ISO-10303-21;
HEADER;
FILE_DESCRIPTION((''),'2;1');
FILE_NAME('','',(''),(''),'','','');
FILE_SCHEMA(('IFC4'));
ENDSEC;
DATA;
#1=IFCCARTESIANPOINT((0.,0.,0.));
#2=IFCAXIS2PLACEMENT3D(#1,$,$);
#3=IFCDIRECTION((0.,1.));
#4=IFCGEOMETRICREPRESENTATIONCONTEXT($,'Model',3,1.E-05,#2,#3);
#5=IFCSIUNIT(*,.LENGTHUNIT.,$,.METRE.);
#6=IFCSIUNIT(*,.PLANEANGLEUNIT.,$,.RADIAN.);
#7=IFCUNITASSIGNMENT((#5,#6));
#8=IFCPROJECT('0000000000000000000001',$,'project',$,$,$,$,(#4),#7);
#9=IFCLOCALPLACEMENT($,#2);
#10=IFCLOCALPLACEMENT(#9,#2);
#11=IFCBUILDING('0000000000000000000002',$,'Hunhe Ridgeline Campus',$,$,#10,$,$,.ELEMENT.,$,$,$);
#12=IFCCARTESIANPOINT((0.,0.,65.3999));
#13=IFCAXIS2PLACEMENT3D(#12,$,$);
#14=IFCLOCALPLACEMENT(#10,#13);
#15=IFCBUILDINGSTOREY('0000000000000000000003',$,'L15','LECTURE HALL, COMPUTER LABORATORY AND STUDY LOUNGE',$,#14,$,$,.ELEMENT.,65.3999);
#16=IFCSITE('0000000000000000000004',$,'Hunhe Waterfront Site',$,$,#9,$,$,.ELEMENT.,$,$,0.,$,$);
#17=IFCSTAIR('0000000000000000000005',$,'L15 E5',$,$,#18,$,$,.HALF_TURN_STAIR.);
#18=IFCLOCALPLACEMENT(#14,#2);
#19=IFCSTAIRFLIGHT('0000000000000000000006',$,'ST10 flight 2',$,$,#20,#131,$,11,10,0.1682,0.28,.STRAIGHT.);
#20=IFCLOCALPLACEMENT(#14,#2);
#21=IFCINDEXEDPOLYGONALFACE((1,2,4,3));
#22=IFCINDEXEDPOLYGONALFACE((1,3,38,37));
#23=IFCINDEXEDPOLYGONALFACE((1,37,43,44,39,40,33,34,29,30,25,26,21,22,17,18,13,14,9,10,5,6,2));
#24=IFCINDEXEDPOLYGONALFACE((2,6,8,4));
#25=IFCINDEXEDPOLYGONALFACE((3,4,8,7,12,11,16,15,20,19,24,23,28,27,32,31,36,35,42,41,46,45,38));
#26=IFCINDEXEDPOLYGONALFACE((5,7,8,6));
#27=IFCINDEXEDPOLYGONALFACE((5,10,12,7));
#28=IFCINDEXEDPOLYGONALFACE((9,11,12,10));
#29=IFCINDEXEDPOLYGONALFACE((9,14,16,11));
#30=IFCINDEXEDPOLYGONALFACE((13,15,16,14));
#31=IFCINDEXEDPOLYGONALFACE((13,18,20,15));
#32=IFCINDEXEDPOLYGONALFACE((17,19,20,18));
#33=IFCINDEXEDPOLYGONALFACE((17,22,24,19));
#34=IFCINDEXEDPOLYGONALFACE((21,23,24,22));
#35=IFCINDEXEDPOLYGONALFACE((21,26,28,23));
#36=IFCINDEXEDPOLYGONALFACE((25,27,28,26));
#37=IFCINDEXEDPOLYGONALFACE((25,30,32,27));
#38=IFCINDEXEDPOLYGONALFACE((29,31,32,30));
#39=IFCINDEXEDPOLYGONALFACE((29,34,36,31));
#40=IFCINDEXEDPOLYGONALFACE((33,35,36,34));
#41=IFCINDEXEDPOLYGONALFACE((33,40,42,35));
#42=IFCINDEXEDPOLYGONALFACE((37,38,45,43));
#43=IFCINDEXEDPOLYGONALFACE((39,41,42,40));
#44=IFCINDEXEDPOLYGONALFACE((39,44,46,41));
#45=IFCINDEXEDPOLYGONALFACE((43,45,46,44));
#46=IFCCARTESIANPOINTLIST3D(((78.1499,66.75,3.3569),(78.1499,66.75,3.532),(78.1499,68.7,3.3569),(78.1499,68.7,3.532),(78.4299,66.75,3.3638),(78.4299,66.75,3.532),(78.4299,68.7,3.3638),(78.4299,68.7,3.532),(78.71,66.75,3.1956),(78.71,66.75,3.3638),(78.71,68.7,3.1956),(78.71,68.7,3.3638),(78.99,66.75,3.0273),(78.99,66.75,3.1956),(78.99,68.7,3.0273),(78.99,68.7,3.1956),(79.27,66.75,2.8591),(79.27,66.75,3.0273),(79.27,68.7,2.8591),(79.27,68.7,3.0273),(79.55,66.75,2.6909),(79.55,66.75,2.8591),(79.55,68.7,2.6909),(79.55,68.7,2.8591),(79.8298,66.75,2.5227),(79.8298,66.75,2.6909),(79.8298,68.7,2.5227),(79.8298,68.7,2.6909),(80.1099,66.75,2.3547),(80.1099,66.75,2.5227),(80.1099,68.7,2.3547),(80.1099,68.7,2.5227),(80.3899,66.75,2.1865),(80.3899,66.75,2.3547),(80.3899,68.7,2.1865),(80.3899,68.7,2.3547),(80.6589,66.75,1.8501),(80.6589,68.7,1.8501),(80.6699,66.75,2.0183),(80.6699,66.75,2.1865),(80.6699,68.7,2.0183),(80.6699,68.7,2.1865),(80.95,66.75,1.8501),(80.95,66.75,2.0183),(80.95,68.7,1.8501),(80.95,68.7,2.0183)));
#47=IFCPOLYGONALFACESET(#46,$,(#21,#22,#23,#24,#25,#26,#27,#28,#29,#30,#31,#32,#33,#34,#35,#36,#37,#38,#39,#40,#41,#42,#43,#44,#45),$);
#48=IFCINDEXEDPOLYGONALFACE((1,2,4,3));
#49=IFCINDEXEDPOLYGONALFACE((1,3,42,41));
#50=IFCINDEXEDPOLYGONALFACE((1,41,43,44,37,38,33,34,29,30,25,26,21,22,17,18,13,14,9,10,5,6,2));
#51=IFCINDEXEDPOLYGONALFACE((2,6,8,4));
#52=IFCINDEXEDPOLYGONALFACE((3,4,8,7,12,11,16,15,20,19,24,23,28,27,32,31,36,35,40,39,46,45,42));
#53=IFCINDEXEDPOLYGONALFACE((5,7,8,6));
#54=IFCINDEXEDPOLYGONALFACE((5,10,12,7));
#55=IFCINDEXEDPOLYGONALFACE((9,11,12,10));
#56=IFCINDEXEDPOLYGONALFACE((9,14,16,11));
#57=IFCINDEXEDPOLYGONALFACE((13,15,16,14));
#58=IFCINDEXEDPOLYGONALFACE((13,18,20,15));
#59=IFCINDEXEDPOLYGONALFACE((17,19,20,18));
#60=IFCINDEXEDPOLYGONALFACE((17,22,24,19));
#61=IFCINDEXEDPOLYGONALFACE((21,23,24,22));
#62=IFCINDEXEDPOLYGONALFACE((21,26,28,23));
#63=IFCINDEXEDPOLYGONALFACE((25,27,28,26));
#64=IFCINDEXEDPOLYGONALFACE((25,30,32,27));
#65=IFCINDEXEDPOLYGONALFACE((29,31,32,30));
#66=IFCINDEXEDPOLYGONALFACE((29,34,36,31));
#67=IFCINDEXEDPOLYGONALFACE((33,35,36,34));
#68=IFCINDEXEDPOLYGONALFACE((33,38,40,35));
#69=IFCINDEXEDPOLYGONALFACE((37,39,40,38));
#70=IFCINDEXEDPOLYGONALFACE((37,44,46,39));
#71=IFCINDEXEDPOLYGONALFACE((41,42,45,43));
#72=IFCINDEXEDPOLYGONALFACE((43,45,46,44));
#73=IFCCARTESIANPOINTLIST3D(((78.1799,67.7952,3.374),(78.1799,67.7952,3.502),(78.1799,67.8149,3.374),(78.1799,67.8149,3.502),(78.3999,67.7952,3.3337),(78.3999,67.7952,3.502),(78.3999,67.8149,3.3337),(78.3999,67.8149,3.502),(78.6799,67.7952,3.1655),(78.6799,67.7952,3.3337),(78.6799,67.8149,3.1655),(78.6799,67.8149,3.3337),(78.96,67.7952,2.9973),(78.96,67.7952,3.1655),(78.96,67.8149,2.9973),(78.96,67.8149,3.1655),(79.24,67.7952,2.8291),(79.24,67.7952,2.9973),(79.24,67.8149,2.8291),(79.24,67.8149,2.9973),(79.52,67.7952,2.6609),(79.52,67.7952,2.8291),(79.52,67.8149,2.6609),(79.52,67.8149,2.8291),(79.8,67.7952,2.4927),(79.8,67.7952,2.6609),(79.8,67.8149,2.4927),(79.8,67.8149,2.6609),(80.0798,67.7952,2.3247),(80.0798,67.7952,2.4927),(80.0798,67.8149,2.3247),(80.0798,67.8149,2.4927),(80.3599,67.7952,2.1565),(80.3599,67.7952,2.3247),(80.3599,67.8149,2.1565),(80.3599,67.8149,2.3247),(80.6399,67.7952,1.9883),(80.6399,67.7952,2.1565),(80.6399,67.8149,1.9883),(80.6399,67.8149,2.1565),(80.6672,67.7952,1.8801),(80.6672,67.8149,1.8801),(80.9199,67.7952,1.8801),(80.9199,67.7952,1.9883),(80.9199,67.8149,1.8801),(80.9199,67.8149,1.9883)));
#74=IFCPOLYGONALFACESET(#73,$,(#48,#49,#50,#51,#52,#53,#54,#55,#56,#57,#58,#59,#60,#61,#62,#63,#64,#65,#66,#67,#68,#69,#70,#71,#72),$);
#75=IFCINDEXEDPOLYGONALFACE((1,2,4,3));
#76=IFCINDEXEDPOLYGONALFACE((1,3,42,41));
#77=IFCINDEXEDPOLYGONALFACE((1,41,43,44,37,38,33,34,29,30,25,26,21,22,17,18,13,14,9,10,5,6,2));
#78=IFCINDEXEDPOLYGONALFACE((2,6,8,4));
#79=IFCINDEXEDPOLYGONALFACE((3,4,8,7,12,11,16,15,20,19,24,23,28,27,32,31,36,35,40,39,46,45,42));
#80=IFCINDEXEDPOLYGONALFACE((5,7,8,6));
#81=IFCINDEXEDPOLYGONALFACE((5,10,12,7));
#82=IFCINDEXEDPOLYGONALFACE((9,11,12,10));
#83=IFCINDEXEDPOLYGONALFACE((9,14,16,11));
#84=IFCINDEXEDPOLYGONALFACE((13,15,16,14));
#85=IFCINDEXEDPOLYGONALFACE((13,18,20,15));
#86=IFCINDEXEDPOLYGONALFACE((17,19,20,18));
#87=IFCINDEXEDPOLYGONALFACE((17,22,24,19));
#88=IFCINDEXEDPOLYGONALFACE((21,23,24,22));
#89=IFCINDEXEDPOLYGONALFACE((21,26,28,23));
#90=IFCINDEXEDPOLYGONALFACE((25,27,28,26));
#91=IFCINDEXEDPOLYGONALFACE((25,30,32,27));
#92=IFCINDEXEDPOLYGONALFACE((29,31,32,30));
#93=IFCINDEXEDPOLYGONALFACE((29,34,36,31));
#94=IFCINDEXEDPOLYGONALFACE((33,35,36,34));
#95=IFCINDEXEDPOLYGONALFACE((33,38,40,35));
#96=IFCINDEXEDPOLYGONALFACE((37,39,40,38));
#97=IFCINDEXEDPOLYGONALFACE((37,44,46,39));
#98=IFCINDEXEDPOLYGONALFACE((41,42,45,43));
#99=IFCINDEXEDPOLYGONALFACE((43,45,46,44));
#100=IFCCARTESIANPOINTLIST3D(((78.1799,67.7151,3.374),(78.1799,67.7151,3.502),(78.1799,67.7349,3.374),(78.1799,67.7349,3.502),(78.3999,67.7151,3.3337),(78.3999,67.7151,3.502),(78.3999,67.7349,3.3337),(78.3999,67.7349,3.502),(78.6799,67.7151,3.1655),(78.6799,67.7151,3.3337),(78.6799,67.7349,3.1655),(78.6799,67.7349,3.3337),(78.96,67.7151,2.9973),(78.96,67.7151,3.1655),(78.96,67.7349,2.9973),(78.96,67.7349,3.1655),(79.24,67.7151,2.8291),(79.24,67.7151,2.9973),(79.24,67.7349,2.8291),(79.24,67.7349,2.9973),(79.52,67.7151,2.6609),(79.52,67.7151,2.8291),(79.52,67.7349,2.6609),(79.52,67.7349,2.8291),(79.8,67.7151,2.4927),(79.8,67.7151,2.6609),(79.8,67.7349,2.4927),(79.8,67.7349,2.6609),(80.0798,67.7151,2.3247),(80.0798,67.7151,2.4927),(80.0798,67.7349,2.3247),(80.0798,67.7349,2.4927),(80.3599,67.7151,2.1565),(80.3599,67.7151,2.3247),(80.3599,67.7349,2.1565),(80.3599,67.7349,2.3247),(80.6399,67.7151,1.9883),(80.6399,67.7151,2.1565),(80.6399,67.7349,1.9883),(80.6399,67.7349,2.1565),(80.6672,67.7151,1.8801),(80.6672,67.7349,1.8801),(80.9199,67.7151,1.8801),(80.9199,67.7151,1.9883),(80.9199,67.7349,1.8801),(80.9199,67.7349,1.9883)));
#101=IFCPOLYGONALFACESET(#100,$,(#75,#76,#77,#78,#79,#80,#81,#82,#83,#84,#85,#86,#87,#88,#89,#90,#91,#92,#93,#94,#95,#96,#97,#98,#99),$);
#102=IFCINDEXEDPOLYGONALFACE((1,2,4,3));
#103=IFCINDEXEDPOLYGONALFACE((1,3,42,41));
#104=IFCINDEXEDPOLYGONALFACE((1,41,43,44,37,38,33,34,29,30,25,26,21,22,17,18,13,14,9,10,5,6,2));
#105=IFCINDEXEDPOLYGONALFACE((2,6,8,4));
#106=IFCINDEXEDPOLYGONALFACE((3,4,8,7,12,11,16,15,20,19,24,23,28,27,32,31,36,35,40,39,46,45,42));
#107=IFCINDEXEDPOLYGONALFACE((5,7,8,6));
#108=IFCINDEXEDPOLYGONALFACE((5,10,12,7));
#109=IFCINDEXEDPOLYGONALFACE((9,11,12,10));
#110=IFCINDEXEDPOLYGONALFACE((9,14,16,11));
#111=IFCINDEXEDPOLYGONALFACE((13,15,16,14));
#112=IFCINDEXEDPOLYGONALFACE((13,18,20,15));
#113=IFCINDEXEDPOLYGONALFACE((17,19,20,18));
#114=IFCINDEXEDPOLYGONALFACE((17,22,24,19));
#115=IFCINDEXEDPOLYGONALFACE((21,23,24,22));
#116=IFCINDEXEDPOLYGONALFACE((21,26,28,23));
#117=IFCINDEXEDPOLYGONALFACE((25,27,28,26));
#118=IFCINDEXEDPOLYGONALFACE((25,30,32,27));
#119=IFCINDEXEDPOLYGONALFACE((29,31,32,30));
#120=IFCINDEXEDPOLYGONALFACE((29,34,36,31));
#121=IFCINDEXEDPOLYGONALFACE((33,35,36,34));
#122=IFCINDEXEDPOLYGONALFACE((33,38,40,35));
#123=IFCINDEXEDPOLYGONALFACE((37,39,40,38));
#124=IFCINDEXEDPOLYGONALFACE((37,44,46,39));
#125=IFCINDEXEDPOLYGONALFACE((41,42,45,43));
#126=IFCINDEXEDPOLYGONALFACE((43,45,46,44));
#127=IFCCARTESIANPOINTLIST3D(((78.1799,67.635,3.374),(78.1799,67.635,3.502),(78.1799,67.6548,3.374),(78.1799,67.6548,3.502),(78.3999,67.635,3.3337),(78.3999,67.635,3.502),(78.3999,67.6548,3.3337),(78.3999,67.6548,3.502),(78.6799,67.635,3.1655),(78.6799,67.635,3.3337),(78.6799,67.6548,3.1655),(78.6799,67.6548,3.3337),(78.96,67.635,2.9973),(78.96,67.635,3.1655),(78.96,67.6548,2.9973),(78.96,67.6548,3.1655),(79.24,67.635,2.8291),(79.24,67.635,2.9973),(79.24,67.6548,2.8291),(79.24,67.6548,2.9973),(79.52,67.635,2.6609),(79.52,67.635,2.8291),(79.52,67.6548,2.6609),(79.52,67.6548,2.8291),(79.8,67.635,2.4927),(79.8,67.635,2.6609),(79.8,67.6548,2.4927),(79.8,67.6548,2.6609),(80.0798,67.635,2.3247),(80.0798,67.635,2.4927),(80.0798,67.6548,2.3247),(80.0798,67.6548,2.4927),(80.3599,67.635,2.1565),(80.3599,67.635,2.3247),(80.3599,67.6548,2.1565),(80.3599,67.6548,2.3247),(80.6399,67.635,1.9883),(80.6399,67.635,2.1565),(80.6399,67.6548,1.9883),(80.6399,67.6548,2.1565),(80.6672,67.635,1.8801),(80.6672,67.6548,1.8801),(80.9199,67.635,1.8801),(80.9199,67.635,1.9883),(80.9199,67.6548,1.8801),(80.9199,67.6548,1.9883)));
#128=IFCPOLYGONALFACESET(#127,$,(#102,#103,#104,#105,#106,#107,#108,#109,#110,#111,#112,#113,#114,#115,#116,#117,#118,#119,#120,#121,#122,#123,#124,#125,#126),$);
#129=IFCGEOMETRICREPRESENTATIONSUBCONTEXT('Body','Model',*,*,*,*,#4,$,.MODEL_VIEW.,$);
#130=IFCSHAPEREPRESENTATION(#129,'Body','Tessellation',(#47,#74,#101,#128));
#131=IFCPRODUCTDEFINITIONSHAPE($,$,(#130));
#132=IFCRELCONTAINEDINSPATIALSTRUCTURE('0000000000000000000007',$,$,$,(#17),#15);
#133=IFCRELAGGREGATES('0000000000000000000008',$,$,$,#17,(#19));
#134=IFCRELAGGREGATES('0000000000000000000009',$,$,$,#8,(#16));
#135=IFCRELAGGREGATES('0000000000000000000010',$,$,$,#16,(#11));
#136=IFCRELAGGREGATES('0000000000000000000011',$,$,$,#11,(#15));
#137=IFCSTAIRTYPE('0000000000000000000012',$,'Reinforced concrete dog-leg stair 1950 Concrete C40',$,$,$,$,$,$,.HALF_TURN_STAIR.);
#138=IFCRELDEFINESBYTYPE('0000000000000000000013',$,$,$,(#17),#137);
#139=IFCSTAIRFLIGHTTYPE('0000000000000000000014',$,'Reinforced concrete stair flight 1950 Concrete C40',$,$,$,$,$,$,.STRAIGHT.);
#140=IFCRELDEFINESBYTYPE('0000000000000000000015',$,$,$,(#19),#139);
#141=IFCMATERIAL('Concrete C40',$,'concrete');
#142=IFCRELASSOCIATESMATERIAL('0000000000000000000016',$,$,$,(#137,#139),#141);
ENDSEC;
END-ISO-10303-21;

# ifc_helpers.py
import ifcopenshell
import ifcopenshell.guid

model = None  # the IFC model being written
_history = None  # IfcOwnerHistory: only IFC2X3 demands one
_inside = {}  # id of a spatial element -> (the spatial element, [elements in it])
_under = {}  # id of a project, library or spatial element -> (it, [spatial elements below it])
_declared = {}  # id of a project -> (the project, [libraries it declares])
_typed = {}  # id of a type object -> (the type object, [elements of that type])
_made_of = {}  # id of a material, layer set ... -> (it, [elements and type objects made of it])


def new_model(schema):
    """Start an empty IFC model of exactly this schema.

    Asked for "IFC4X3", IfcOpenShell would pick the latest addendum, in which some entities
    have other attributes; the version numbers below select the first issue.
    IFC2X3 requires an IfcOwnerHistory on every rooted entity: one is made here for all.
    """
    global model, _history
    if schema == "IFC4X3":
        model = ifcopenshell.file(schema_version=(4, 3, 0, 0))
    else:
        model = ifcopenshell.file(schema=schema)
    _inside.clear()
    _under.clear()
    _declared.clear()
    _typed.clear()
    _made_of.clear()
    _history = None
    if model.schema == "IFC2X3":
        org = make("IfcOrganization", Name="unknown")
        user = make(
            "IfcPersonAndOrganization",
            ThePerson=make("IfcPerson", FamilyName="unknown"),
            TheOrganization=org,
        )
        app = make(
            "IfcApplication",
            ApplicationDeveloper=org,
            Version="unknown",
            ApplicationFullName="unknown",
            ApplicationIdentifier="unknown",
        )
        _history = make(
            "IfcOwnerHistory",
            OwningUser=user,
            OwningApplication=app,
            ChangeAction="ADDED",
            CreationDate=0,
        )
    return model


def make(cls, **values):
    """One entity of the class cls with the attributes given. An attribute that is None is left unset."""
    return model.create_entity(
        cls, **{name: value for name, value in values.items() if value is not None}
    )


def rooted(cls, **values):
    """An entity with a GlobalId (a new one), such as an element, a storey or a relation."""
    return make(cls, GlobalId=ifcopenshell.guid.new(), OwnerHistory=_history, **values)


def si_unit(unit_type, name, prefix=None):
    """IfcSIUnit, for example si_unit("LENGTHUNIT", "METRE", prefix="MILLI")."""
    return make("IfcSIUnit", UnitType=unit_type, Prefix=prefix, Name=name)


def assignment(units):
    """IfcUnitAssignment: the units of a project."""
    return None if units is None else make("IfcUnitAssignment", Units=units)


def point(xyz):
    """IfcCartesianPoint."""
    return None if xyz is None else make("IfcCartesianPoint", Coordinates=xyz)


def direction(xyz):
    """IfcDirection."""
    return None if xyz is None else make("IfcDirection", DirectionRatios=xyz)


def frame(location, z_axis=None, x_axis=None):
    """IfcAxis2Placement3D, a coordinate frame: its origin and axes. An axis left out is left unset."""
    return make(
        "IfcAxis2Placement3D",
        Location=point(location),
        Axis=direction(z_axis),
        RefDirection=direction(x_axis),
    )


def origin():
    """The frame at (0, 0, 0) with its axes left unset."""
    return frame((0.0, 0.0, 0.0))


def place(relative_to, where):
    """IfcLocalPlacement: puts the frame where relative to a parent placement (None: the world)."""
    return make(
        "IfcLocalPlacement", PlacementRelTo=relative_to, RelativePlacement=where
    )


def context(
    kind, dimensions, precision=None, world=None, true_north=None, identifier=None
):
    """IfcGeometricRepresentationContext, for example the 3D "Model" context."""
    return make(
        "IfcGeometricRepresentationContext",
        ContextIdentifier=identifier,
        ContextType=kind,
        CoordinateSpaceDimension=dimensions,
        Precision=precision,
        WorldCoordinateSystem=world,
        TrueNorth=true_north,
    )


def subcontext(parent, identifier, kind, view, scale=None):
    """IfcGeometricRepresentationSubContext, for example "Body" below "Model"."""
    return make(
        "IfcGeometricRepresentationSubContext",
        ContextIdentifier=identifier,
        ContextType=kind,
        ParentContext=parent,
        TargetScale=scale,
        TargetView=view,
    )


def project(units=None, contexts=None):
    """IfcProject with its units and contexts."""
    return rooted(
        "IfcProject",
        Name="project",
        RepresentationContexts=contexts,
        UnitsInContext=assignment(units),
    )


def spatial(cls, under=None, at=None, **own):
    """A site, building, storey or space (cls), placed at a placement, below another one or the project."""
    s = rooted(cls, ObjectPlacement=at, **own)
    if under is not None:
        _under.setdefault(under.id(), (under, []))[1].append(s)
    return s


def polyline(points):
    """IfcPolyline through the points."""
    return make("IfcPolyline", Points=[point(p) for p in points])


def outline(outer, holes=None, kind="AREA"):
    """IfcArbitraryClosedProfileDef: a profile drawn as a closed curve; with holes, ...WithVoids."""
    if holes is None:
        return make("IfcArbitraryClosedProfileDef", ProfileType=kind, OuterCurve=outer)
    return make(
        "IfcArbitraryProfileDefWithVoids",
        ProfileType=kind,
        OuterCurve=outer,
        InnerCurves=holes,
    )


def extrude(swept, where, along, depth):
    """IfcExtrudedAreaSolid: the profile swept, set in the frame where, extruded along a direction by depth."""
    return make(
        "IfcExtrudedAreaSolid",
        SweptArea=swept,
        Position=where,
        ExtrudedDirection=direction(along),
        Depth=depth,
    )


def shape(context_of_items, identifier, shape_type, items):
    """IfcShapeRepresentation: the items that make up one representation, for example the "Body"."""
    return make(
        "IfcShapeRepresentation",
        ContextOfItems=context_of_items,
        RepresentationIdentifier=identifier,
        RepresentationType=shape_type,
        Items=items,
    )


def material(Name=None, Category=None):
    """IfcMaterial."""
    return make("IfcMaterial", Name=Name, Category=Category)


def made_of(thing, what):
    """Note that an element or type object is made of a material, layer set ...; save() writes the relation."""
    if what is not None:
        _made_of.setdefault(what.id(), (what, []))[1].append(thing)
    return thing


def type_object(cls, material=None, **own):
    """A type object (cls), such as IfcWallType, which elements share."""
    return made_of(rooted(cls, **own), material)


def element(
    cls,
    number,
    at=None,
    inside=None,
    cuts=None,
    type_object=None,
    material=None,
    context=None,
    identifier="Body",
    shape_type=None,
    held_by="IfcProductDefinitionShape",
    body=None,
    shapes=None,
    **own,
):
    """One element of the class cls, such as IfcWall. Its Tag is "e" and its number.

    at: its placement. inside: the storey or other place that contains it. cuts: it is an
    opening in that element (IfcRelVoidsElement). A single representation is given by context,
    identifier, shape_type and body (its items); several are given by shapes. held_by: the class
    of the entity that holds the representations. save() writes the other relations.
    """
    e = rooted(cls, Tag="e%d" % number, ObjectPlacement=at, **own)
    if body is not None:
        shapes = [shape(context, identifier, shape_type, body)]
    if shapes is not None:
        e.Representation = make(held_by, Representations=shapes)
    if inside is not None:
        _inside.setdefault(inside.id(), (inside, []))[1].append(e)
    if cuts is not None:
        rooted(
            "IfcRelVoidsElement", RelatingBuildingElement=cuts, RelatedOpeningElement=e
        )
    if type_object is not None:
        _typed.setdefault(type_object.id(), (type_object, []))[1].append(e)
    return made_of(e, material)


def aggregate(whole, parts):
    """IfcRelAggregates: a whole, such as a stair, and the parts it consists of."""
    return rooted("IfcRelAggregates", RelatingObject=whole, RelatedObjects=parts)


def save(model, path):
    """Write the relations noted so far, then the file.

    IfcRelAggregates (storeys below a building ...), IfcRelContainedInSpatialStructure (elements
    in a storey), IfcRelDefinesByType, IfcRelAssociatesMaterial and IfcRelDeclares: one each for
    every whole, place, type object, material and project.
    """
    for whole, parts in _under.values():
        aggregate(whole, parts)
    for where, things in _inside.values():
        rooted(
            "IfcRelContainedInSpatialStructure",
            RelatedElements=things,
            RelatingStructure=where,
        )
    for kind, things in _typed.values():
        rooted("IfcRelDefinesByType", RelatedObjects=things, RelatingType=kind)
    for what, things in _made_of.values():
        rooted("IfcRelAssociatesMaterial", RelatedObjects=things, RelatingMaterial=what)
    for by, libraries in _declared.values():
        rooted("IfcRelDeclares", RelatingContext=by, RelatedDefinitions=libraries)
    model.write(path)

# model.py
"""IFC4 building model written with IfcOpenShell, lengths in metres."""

from ifc_helpers import new_model, si_unit, direction, frame, origin, place, context, subcontext, project, spatial, polyline, outline, extrude, material, type_object, element, aggregate, save


model = new_model("IFC4")

# Units and contexts
model_context = context("Model", 3, precision=1e-05, world=origin(), true_north=direction((0.0, 1.0)))
body_context = subcontext(model_context, "Body", "Model", "MODEL_VIEW")
ifc_project = project(units=[si_unit("LENGTHUNIT", "METRE"), si_unit("PLANEANGLEUNIT", "RADIAN")], contexts=[model_context])

# Site, building, storey
site_placement = place(None, origin())
site = spatial("IfcSite", under=ifc_project, at=site_placement, Name="Hunhe Waterfront Site", CompositionType="ELEMENT", RefElevation=0.0)
building_placement = place(site_placement, origin())
building = spatial("IfcBuilding", under=site, at=building_placement, Name="Hunhe Ridgeline Campus", CompositionType="ELEMENT")
storey_placement = place(building_placement, frame((0.0, 0.0, 65.3999)))
storey = spatial("IfcBuildingStorey", under=building, at=storey_placement, Name="L15", Description="LECTURE HALL, COMPUTER LABORATORY AND STUDY LOUNGE", CompositionType="ELEMENT", Elevation=65.3999)

# Stair, stair flight
ifc_material_1 = material(Name="Concrete C40", Category="concrete")
stair_type = type_object("IfcStairType", Name="Reinforced concrete dog-leg stair 1950 Concrete C40", PredefinedType="HALF_TURN_STAIR", material=ifc_material_1)
stair_placement = place(storey_placement, origin())
stair = element("IfcStair", 1, at=stair_placement, inside=storey, type_object=stair_type, Name="L15 E5", PredefinedType="HALF_TURN_STAIR")
stair_flight_type = type_object("IfcStairFlightType", Name="Reinforced concrete stair flight 1950 Concrete C40", PredefinedType="STRAIGHT", material=ifc_material_1)
stair_flight_1_placement = place(storey_placement, frame((80.95, 67.7251, 1.8501), z_axis=(0.0, 0.0, 1.0), x_axis=(-1.0, 0.0, 0.0)))
stair_flight_1 = element("IfcStairFlight", 2, at=stair_flight_1_placement, type_object=stair_flight_type, Name="ST10 flight 2", NumberOfRisers=11, NumberOfTreads=10, PredefinedType="STRAIGHT", RiserHeight=0.1682, TreadLength=0.28, context=body_context, shape_type="SweptSolid", body=[
    extrude(outline(polyline([(0.0, 0.0), (0.0, 0.1682), (0.28, 0.1682), (0.28, 0.3364), (0.5601, 0.3364), (0.5601, 0.5046), (0.8401, 0.5046), (0.8401, 0.6726), (1.1201, 0.6726), (1.1201, 0.8408), (1.3999, 0.8408), (1.3999, 1.009), (1.6799, 1.009), (1.6799, 1.1772), (1.96, 1.1772), (1.96, 1.3455), (2.24, 1.3455), (2.24, 1.5137), (2.52, 1.5137), (2.52, 1.6819), (2.8, 1.6819), (2.8, 1.8501), (2.8, 1.5068), (0.291, 0.0), (0.0, 0.0)])), frame((0.0, 0.9751, 0.0), z_axis=(0.0, -1.0, 0.0), x_axis=(1.0, 0.0, 0.0)), (0.0, 0.0, 1.0), 1.95),
    extrude(outline(polyline([(0.03, 0.03), (0.03, 0.1382), (0.3101, 0.1382), (0.3101, 0.3064), (0.5901, 0.3064), (0.5901, 0.4746), (0.8701, 0.4746), (0.8701, 0.6426), (1.1499, 0.6426), (1.1499, 0.8108), (1.4299, 0.8108), (1.4299, 0.979), (1.71, 0.979), (1.71, 1.1472), (1.99, 1.1472), (1.99, 1.3154), (2.27, 1.3154), (2.27, 1.4836), (2.55, 1.4836), (2.55, 1.6519), (2.77, 1.6519), (2.77, 1.5239), (0.2827, 0.03), (0.03, 0.03)])), frame((0.0, -0.0701, 0.0), z_axis=(0.0, -1.0, 0.0), x_axis=(1.0, 0.0, 0.0)), (0.0, 0.0, 1.0), 0.0198),
    extrude(outline(polyline([(0.03, 0.03), (0.03, 0.1382), (0.3101, 0.1382), (0.3101, 0.3064), (0.5901, 0.3064), (0.5901, 0.4746), (0.8701, 0.4746), (0.8701, 0.6426), (1.1499, 0.6426), (1.1499, 0.8108), (1.4299, 0.8108), (1.4299, 0.979), (1.71, 0.979), (1.71, 1.1472), (1.99, 1.1472), (1.99, 1.3154), (2.27, 1.3154), (2.27, 1.4836), (2.55, 1.4836), (2.55, 1.6519), (2.77, 1.6519), (2.77, 1.5239), (0.2827, 0.03), (0.03, 0.03)])), frame((0.0, 0.01, 0.0), z_axis=(0.0, -1.0, 0.0), x_axis=(1.0, 0.0, 0.0)), (0.0, 0.0, 1.0), 0.0198),
    extrude(outline(polyline([(0.03, 0.03), (0.03, 0.1382), (0.3101, 0.1382), (0.3101, 0.3064), (0.5901, 0.3064), (0.5901, 0.4746), (0.8701, 0.4746), (0.8701, 0.6426), (1.1499, 0.6426), (1.1499, 0.8108), (1.4299, 0.8108), (1.4299, 0.979), (1.71, 0.979), (1.71, 1.1472), (1.99, 1.1472), (1.99, 1.3154), (2.27, 1.3154), (2.27, 1.4836), (2.55, 1.4836), (2.55, 1.6519), (2.77, 1.6519), (2.77, 1.5239), (0.2827, 0.03), (0.03, 0.03)])), frame((0.0, 0.0901, 0.0), z_axis=(0.0, -1.0, 0.0), x_axis=(1.0, 0.0, 0.0)), (0.0, 0.0, 1.0), 0.0198),
])
aggregate(stair, [stair_flight_1])

save(model, "model.ifc")
